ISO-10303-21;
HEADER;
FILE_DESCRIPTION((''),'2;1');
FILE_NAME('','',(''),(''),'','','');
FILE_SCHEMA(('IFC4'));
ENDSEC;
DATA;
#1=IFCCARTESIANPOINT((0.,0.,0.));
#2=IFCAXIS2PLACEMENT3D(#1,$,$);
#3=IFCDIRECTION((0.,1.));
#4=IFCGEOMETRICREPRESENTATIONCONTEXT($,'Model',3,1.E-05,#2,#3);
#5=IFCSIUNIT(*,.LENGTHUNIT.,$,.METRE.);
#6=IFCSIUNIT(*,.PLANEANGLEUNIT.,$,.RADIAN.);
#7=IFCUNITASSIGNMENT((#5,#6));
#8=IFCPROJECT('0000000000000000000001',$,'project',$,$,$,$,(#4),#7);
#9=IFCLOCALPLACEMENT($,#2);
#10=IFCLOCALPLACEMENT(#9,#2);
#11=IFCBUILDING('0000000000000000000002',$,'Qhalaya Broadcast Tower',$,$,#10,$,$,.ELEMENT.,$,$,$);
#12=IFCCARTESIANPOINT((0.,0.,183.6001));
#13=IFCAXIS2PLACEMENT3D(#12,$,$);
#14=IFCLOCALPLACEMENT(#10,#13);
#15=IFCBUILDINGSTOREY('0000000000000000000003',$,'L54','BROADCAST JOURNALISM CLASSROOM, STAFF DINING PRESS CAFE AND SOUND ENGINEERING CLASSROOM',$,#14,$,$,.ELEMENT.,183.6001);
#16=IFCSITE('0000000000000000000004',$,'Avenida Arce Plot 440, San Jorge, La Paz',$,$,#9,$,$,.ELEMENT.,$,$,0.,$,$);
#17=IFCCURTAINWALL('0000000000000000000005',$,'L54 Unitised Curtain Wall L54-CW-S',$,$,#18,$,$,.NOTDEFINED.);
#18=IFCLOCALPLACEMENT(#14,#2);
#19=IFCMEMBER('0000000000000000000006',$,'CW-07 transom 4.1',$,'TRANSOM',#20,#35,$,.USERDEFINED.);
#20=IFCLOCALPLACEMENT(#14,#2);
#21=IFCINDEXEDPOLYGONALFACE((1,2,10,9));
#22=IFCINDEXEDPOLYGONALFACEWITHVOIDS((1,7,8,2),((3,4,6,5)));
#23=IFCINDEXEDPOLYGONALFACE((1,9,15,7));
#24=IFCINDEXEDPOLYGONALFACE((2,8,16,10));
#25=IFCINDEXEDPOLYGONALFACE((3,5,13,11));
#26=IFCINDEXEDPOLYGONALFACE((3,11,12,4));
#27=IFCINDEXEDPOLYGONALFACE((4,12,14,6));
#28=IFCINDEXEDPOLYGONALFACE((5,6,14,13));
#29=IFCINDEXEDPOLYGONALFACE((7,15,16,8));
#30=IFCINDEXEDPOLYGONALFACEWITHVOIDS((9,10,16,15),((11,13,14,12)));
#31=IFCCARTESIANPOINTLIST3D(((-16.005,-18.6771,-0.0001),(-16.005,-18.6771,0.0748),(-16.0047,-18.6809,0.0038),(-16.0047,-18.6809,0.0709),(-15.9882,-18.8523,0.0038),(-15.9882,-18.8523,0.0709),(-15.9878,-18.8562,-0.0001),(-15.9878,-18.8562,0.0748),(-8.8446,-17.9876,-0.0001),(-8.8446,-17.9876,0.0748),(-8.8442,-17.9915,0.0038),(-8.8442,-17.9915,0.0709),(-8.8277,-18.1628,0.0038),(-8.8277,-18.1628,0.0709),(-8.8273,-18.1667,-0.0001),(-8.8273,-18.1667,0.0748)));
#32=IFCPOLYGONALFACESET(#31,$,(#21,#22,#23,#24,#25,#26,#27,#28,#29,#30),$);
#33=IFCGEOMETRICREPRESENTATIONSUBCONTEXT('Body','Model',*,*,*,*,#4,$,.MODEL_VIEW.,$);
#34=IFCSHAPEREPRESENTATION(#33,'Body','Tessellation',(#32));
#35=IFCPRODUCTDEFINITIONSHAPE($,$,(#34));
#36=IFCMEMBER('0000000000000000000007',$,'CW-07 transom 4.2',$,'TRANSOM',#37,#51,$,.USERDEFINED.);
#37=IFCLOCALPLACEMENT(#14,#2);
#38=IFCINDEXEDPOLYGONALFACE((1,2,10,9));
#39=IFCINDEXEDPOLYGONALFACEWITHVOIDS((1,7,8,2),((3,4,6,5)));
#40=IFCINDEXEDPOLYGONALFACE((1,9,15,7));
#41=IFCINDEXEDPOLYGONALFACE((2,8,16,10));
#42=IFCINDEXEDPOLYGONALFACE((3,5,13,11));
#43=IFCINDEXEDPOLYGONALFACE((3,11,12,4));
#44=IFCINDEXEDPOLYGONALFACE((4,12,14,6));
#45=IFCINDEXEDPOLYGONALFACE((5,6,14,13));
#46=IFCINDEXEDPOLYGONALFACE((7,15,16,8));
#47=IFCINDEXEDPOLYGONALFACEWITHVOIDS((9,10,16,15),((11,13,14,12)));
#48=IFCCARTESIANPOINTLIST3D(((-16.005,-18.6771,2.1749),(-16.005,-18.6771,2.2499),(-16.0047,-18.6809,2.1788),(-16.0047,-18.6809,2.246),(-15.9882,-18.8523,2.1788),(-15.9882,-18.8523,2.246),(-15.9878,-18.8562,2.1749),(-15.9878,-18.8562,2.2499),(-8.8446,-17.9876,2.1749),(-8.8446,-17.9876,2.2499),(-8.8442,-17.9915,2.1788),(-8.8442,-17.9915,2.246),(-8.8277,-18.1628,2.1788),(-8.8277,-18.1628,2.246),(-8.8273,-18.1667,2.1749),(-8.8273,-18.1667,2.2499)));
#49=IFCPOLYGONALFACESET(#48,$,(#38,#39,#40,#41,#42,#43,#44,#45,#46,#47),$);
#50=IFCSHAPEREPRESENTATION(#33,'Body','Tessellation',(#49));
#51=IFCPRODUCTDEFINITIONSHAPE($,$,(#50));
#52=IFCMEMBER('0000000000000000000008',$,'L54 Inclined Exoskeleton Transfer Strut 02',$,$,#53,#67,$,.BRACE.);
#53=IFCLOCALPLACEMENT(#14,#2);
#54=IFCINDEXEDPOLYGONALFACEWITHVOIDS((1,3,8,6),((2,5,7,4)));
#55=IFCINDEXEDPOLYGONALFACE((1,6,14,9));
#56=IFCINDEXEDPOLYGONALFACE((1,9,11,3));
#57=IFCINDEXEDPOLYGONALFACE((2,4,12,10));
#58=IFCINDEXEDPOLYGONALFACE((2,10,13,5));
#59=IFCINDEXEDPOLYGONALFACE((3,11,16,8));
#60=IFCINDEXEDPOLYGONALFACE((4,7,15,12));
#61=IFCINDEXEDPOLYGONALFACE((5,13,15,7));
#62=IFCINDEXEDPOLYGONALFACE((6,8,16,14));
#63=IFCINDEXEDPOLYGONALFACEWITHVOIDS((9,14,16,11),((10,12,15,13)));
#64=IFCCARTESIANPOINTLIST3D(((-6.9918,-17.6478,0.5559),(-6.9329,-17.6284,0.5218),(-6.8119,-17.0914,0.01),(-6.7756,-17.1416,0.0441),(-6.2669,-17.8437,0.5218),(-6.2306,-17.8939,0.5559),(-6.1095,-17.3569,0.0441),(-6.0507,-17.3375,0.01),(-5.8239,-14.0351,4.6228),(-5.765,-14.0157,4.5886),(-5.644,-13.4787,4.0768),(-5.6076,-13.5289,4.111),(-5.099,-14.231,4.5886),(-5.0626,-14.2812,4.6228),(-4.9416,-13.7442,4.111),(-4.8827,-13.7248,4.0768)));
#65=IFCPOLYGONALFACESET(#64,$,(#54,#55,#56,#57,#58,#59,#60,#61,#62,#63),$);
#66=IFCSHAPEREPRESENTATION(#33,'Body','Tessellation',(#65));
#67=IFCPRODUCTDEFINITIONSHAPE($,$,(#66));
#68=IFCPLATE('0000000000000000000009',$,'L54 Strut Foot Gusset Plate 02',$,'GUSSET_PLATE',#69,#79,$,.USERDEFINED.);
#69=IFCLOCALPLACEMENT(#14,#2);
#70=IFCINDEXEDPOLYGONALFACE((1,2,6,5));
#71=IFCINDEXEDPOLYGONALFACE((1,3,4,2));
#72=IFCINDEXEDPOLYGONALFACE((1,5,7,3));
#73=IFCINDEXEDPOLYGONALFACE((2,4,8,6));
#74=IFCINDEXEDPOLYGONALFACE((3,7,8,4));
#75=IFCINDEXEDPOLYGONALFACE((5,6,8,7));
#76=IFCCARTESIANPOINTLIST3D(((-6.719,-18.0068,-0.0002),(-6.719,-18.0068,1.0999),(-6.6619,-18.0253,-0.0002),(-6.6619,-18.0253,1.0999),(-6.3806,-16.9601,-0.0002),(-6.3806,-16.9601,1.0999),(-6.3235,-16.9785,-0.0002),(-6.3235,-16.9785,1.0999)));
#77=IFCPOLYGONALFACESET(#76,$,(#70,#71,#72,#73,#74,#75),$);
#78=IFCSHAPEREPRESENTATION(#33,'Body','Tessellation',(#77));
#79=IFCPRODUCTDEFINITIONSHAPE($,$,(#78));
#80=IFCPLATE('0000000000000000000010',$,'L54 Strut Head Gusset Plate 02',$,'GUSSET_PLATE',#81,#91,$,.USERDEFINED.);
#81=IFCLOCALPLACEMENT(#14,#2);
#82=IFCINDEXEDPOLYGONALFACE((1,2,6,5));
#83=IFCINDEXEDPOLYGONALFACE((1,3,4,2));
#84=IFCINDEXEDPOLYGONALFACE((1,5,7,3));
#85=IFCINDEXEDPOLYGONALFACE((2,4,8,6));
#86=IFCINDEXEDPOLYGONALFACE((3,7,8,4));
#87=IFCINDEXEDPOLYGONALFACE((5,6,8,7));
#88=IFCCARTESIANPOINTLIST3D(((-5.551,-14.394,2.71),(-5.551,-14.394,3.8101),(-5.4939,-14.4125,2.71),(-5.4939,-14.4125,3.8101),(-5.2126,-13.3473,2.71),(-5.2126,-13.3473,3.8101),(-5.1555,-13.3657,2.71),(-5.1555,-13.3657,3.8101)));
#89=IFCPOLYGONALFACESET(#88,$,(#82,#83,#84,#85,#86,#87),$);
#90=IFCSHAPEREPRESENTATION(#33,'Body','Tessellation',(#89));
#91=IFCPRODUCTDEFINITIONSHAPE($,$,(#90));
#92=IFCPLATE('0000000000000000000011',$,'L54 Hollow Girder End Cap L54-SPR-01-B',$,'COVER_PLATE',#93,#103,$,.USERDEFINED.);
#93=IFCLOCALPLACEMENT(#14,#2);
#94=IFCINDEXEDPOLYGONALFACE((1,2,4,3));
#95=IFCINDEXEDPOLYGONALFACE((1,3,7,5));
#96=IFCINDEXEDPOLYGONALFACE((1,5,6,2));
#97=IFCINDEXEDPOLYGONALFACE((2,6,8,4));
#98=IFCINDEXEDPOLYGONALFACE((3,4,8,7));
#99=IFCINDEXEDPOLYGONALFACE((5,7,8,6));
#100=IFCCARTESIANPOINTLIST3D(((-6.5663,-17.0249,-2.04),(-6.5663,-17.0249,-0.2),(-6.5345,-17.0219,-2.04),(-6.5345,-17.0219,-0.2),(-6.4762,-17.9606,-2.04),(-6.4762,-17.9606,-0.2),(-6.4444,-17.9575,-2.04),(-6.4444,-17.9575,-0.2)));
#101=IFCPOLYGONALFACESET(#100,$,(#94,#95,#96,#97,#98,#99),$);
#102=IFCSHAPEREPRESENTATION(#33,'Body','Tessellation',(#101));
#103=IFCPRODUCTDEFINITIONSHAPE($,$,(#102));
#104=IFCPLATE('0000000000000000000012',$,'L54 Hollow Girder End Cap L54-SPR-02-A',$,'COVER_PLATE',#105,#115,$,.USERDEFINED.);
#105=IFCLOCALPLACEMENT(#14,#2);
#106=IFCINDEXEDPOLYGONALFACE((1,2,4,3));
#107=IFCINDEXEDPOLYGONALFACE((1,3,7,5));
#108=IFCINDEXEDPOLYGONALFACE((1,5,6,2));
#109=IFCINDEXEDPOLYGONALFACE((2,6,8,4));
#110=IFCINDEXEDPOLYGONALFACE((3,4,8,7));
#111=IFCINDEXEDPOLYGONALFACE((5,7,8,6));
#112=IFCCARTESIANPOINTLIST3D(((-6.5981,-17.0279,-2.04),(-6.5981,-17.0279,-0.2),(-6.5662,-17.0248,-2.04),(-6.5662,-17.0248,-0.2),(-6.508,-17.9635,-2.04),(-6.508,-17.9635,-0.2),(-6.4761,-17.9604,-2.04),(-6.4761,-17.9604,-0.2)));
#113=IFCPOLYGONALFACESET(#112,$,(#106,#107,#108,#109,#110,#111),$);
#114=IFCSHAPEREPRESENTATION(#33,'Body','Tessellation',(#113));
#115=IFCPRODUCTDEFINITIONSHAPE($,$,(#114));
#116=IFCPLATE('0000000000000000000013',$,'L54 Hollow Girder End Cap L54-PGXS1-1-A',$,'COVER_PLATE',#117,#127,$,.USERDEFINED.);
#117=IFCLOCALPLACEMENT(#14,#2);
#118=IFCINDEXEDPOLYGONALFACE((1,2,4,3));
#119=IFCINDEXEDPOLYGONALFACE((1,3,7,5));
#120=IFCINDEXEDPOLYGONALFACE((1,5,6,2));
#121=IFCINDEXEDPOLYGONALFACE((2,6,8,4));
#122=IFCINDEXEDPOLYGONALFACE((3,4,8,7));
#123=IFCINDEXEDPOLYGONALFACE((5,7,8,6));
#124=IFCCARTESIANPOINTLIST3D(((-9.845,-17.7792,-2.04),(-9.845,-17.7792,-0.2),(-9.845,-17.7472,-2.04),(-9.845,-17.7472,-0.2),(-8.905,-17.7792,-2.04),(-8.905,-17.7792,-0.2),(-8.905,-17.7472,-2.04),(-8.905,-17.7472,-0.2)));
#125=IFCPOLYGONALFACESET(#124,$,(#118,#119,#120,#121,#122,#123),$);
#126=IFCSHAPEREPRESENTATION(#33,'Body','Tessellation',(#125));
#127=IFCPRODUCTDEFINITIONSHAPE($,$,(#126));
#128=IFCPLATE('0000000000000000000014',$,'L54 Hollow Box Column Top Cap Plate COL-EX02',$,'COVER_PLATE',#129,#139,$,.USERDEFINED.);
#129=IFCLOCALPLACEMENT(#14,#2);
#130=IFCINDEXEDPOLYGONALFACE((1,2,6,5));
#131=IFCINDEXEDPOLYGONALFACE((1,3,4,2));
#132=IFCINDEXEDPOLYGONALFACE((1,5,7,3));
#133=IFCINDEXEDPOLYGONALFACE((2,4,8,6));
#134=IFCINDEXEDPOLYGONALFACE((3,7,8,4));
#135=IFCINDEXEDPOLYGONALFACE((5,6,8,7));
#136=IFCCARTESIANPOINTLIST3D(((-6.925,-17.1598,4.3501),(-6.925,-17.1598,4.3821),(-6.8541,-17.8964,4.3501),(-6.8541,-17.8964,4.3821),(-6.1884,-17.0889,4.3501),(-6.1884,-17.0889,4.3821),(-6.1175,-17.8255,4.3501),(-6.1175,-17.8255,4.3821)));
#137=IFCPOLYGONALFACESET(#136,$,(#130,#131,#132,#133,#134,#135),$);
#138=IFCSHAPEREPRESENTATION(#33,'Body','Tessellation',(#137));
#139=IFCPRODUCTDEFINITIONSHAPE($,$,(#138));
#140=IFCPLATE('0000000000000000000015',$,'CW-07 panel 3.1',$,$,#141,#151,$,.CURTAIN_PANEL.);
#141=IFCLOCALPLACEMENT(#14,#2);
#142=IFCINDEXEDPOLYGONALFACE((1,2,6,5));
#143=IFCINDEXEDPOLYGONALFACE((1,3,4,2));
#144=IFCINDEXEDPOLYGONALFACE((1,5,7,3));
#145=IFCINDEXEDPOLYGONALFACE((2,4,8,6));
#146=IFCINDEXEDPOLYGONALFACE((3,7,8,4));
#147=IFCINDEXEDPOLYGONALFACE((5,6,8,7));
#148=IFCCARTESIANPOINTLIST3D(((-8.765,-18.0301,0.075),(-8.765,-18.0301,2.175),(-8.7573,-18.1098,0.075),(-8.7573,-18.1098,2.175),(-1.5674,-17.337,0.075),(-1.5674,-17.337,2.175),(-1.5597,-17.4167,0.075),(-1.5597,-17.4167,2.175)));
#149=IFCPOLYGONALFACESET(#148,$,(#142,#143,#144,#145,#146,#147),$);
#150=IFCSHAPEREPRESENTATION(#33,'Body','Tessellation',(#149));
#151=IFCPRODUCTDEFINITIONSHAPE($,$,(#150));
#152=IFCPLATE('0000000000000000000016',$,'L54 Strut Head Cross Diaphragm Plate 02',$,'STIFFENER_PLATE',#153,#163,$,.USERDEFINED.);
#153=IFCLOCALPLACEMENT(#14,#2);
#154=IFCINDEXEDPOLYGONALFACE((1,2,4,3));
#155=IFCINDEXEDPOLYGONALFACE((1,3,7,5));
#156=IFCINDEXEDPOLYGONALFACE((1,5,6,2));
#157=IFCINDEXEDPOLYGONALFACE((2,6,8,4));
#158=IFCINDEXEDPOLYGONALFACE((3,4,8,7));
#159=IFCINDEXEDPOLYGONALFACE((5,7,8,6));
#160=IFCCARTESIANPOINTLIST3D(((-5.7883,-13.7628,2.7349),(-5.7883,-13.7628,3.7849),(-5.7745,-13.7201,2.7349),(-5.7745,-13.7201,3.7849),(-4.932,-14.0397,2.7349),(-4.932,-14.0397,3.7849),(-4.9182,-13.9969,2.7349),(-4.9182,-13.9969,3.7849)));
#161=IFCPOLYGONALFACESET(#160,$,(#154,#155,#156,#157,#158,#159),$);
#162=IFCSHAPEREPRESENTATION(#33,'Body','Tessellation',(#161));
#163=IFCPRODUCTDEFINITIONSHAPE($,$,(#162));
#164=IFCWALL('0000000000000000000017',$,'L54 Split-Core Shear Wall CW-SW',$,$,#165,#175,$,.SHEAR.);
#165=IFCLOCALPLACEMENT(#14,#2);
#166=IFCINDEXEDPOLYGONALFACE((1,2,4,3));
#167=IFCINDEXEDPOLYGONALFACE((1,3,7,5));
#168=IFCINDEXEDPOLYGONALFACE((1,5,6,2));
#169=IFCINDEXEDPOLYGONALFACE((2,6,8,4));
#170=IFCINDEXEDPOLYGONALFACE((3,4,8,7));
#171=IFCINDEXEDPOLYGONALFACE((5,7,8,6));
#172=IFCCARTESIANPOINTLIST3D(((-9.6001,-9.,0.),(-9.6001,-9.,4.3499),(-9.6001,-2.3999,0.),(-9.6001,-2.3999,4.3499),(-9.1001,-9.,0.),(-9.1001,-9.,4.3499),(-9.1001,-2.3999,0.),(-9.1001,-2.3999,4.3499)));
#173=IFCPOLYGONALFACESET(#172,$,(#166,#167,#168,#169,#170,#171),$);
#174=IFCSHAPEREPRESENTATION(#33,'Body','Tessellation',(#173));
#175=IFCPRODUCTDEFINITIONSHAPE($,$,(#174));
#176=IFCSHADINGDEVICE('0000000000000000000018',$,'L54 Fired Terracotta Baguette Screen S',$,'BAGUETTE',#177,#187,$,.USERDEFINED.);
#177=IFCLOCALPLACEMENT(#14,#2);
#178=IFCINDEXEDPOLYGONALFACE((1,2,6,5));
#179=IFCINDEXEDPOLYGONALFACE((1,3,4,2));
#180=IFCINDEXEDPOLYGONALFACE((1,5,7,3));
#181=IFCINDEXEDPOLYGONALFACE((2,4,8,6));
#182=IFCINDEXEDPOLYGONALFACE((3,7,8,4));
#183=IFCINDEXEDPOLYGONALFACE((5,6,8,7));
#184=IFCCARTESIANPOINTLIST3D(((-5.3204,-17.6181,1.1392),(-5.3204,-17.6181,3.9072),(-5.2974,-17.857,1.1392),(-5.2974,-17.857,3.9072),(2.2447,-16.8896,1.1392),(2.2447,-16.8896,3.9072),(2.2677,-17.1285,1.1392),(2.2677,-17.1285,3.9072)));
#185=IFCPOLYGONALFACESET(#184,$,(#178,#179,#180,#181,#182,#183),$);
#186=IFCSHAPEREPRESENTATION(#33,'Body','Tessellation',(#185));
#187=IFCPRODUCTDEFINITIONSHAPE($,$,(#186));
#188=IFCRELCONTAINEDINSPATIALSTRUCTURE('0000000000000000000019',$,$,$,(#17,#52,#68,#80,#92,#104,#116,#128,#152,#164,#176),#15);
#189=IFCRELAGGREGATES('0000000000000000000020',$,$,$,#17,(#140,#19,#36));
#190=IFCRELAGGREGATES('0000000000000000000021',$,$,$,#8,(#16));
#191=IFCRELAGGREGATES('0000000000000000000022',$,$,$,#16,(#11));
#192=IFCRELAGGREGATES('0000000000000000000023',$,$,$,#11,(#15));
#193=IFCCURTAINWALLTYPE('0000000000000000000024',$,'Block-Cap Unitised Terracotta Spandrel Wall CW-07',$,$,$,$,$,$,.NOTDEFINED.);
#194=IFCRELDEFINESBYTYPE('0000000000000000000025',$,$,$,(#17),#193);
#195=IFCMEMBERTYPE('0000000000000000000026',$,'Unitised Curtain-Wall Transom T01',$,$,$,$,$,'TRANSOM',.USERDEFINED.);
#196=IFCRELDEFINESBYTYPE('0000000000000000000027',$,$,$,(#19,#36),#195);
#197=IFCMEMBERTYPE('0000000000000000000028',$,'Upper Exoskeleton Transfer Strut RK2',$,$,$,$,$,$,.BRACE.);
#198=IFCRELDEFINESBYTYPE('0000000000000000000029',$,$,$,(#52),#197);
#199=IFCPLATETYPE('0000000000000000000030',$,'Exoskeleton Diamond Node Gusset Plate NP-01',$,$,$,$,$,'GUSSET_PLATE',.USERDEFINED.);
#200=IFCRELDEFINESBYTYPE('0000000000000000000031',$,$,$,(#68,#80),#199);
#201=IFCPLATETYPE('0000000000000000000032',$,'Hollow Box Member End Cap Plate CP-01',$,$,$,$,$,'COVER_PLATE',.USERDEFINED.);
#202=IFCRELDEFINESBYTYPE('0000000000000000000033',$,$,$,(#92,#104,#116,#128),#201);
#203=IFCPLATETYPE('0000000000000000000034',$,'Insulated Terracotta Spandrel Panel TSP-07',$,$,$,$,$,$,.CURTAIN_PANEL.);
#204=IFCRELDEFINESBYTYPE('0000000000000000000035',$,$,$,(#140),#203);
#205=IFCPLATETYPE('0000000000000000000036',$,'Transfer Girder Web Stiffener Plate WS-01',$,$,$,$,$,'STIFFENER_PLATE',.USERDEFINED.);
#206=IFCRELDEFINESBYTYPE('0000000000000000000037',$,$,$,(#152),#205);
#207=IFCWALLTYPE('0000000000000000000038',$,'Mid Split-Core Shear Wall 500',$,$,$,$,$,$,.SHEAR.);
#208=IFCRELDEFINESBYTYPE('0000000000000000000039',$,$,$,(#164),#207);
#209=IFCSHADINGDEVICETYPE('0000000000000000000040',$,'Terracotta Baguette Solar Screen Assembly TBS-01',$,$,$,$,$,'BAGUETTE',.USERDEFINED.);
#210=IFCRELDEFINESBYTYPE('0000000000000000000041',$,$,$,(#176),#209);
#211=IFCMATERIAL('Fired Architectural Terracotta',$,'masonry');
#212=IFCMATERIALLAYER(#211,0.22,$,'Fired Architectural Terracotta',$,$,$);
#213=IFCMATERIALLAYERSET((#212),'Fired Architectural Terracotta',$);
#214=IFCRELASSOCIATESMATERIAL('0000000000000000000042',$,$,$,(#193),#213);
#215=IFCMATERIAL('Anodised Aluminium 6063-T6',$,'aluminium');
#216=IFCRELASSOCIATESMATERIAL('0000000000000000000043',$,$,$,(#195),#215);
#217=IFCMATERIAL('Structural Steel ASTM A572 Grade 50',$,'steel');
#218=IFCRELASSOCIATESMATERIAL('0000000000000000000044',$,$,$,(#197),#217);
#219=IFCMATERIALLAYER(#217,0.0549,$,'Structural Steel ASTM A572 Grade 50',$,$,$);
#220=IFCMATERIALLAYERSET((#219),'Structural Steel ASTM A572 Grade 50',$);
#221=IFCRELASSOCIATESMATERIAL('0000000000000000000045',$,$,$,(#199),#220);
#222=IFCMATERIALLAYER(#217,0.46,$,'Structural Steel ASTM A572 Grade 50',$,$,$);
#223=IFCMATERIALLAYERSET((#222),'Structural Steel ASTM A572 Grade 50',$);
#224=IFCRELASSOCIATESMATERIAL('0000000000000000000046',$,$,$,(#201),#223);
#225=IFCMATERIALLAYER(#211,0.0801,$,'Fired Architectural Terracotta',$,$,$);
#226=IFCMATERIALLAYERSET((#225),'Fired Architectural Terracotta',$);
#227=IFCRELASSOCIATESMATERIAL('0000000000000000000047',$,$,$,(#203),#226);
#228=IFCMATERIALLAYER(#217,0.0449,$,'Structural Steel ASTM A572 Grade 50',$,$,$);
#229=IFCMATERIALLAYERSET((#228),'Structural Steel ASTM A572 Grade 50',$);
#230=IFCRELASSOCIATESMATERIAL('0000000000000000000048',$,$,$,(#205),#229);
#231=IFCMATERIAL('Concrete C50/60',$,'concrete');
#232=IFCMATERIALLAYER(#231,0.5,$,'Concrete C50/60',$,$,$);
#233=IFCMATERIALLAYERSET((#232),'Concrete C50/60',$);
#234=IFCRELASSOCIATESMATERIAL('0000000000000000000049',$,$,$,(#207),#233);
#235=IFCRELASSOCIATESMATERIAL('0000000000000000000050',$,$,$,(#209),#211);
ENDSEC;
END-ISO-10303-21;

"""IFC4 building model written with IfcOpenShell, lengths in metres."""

from ifc_helpers import new_model, si_unit, direction, frame, frame_2d, origin, origin_2d, place, context, subcontext, project, spatial, rectangle, hollow_rectangle, extrude, material, layer, layer_set, material_profile, profile_set, type_object, element, aggregate, save


model = new_model("IFC4")

# Units and contexts
model_context = context("Model", 3, precision=1e-05, world=origin(), true_north=direction((0.0, 1.0)))
body_context = subcontext(model_context, "Body", "Model", "MODEL_VIEW")
ifc_project = project(units=[si_unit("LENGTHUNIT", "METRE"), si_unit("PLANEANGLEUNIT", "RADIAN")], contexts=[model_context])

# Site, building, storey
site_placement = place(None, origin())
site = spatial("IfcSite", under=ifc_project, at=site_placement, Name="Avenida Arce Plot 440, San Jorge, La Paz", CompositionType="ELEMENT", RefElevation=0.0)
building_placement = place(site_placement, origin())
building = spatial("IfcBuilding", under=site, at=building_placement, Name="Qhalaya Broadcast Tower", CompositionType="ELEMENT")
storey_placement = place(building_placement, frame((0.0, 0.0, 183.6001)))
storey = spatial("IfcBuildingStorey", under=building, at=storey_placement, Name="L54", Description="BROADCAST JOURNALISM CLASSROOM, STAFF DINING PRESS CAFE AND SOUND ENGINEERING CLASSROOM", CompositionType="ELEMENT", Elevation=183.6001)

# Shared definitions
ifc_material_1 = material(Name="Structural Steel ASTM A572 Grade 50", Category="steel")

# Curtain wall, members
ifc_material_2 = material(Name="Fired Architectural Terracotta", Category="masonry")
ifc_layer_1 = layer(ifc_material_2, 0.22, Name="Fired Architectural Terracotta")
ifc_layer_set_1 = layer_set([ifc_layer_1], Name="Fired Architectural Terracotta")
curtain_wall_type = type_object("IfcCurtainWallType", Name="Block-Cap Unitised Terracotta Spandrel Wall CW-07", PredefinedType="NOTDEFINED", material=ifc_layer_set_1)
curtain_wall_placement = place(storey_placement, origin())
curtain_wall = element("IfcCurtainWall", 1, at=curtain_wall_placement, inside=storey, type_object=curtain_wall_type, Name="L54 Unitised Curtain Wall L54-CW-S", PredefinedType="NOTDEFINED")
ifc_material_3 = material(Name="Anodised Aluminium 6063-T6", Category="aluminium")
ifc_material_profile_1 = material_profile(ifc_material_3, hollow_rectangle(XDim=0.075, YDim=0.1799, WallThickness=0.0039, at=origin_2d()), Name="ALU-TRN 75x180x4")
ifc_profile_set_1 = profile_set([ifc_material_profile_1], Name="Anodised Aluminium 6063-T6")
member_type_1 = type_object("IfcMemberType", Name="Unitised Curtain-Wall Transom T01", ElementType="TRANSOM", PredefinedType="USERDEFINED", material=ifc_profile_set_1)
member_1_placement = place(storey_placement, frame((-8.8359, -18.0771, 0.0374), z_axis=(-0.995396, -0.095844, 0.0), x_axis=(0.0, 0.0, 1.0)))
member_1 = element("IfcMember", 2, at=member_1_placement, type_object=member_type_1, Name="CW-07 transom 4.1", ObjectType="TRANSOM", PredefinedType="USERDEFINED", context=body_context, shape_type="SweptSolid", body=[
    extrude(hollow_rectangle(XDim=0.075, YDim=0.1799, WallThickness=0.0039, at=origin_2d()), origin(), (0.0, 0.0, 1.0), 7.1936),
])
member_2_placement = place(storey_placement, frame((-8.8359, -18.0771, 2.2124), z_axis=(-0.995396, -0.095844, 0.0), x_axis=(0.0, 0.0, 1.0)))
member_2 = element("IfcMember", 3, at=member_2_placement, type_object=member_type_1, Name="CW-07 transom 4.2", ObjectType="TRANSOM", PredefinedType="USERDEFINED", context=body_context, shape_type="SweptSolid", body=[
    extrude(hollow_rectangle(XDim=0.075, YDim=0.1799, WallThickness=0.0039, at=origin_2d()), origin(), (0.0, 0.0, 1.0), 7.1936),
])

# Member
ifc_material_profile_2 = material_profile(ifc_material_1, hollow_rectangle(XDim=0.8, YDim=0.8, WallThickness=0.05, at=origin_2d()), Name="BOX 800x800x50")
ifc_profile_set_2 = profile_set([ifc_material_profile_2], Name="Structural Steel ASTM A572 Grade 50")
member_type_2 = type_object("IfcMemberType", Name="Upper Exoskeleton Transfer Strut RK2", PredefinedType="BRACE", material=ifc_profile_set_2)
member_3_placement = place(storey_placement, frame((-6.5212, -17.4927, 0.283), z_axis=(0.209922, 0.649337, 0.730954), x_axis=(-0.951512, 0.307611, 0.0)))
element("IfcMember", 4, at=member_3_placement, inside=storey, type_object=member_type_2, Name="L54 Inclined Exoskeleton Transfer Strut 02", PredefinedType="BRACE", context=body_context, shape_type="SweptSolid", body=[
    extrude(hollow_rectangle(XDim=0.8, YDim=0.8, WallThickness=0.05, at=origin_2d()), origin(), (0.0, 0.0, 1.0), 5.5637),
])

# Plates
ifc_layer_2 = layer(ifc_material_1, 0.0549, Name="Structural Steel ASTM A572 Grade 50")
ifc_layer_set_2 = layer_set([ifc_layer_2], Name="Structural Steel ASTM A572 Grade 50")
plate_type_1 = type_object("IfcPlateType", Name="Exoskeleton Diamond Node Gusset Plate NP-01", ElementType="GUSSET_PLATE", PredefinedType="USERDEFINED", material=ifc_layer_set_2)
for number, where, z_axis, x_axis, name in (
    (5, (-6.5212, -17.4927, -0.0002), (0.0, 0.0, 1.0), (0.307606, 0.951514, 0.0), "L54 Strut Foot Gusset Plate 02"),
    (6, (-5.3533, -13.8799, 2.71), (0.0, 0.0, 1.0), (0.307606, 0.951514, 0.0), "L54 Strut Head Gusset Plate 02"),
):
    element("IfcPlate", number, at=place(storey_placement, frame(where, z_axis=z_axis, x_axis=x_axis)), inside=storey, type_object=plate_type_1, Name=name, ObjectType="GUSSET_PLATE", PredefinedType="USERDEFINED", context=body_context, shape_type="SweptSolid", body=[
        extrude(rectangle(XDim=1.1001, YDim=0.0601, at=origin_2d()), origin(), (0.0, 0.0, 1.0), 1.1001),
    ])
ifc_layer_3 = layer(ifc_material_1, 0.46, Name="Structural Steel ASTM A572 Grade 50")
ifc_layer_set_3 = layer_set([ifc_layer_3], Name="Structural Steel ASTM A572 Grade 50")
plate_type_2 = type_object("IfcPlateType", Name="Hollow Box Member End Cap Plate CP-01", ElementType="COVER_PLATE", PredefinedType="USERDEFINED", material=ifc_layer_set_3)
for number, where, z_axis, x_axis, name in (
    (7, (-6.5054, -17.4912, -2.04), (0.0, 0.0, 1.0), (-0.095846, 0.995396, 0.0), "L54 Hollow Girder End Cap L54-SPR-01-B"),
    (8, (-6.5371, -17.4941, -2.04), (0.0, 0.0, 1.0), (-0.095846, 0.995396, 0.0), "L54 Hollow Girder End Cap L54-SPR-02-A"),
    (9, (-9.375, -17.7632, -2.04), (0.0, 0.0, 1.0), (-1.0, 0.0, 0.0), "L54 Hollow Girder End Cap L54-PGXS1-1-A"),
):
    element("IfcPlate", number, at=place(storey_placement, frame(where, z_axis=z_axis, x_axis=x_axis)), inside=storey, type_object=plate_type_2, Name=name, ObjectType="COVER_PLATE", PredefinedType="USERDEFINED", context=body_context, shape_type="SweptSolid", body=[
        extrude(rectangle(XDim=0.9399, YDim=0.032, at=origin_2d()), origin(), (0.0, 0.0, 1.0), 1.8401),
    ])
plate_1_placement = place(storey_placement, frame((-6.5212, -17.4927, 4.3501), z_axis=(0.0, 0.0, 1.0), x_axis=(0.995396, 0.095846, 0.0)))
element("IfcPlate", 10, at=plate_1_placement, inside=storey, type_object=plate_type_2, Name="L54 Hollow Box Column Top Cap Plate COL-EX02", ObjectType="COVER_PLATE", PredefinedType="USERDEFINED", context=body_context, shape_type="SweptSolid", body=[
    extrude(rectangle(XDim=0.74, YDim=0.74, at=origin_2d()), origin(), (0.0, 0.0, 1.0), 0.032),
])

# Plates
ifc_layer_4 = layer(ifc_material_2, 0.0801, Name="Fired Architectural Terracotta")
ifc_layer_set_4 = layer_set([ifc_layer_4], Name="Fired Architectural Terracotta")
plate_type_3 = type_object("IfcPlateType", Name="Insulated Terracotta Spandrel Panel TSP-07", PredefinedType="CURTAIN_PANEL", material=ifc_layer_set_4)
plate_2_placement = place(storey_placement, frame((-5.1624, -17.7234, 0.075), z_axis=(0.0, 0.0, 1.0), x_axis=(-0.995396, -0.095846, 0.0)))
plate_2 = element("IfcPlate", 11, at=plate_2_placement, type_object=plate_type_3, Name="CW-07 panel 3.1", PredefinedType="CURTAIN_PANEL", context=body_context, shape_type="SweptSolid", body=[
    extrude(rectangle(XDim=7.231, YDim=0.0801, at=origin_2d()), origin(), (0.0, 0.0, 1.0), 2.1001),
])
aggregate(curtain_wall, [plate_2, member_1, member_2])
ifc_layer_5 = layer(ifc_material_1, 0.0449, Name="Structural Steel ASTM A572 Grade 50")
ifc_layer_set_5 = layer_set([ifc_layer_5], Name="Structural Steel ASTM A572 Grade 50")
plate_type_4 = type_object("IfcPlateType", Name="Transfer Girder Web Stiffener Plate WS-01", ElementType="STIFFENER_PLATE", PredefinedType="USERDEFINED", material=ifc_layer_set_5)
plate_3_placement = place(storey_placement, frame((-5.3533, -13.8799, 2.7349), z_axis=(0.0, 0.0, 1.0), x_axis=(-0.951514, 0.307606, 0.0)))
element("IfcPlate", 12, at=plate_3_placement, inside=storey, type_object=plate_type_4, Name="L54 Strut Head Cross Diaphragm Plate 02", ObjectType="STIFFENER_PLATE", PredefinedType="USERDEFINED", context=body_context, shape_type="SweptSolid", body=[
    extrude(rectangle(XDim=0.8999, YDim=0.0449, at=origin_2d()), origin(), (0.0, 0.0, 1.0), 1.05),
])

# Wall
ifc_material_4 = material(Name="Concrete C50/60", Category="concrete")
ifc_layer_6 = layer(ifc_material_4, 0.5, Name="Concrete C50/60")
ifc_layer_set_6 = layer_set([ifc_layer_6], Name="Concrete C50/60")
wall_type = type_object("IfcWallType", Name="Mid Split-Core Shear Wall 500", PredefinedType="SHEAR", material=ifc_layer_set_6)
wall_placement = place(storey_placement, frame((-9.3501, -9.0, 0.0), z_axis=(0.0, 0.0, 1.0), x_axis=(0.0, 1.0, 0.0)))
element("IfcWall", 13, at=wall_placement, inside=storey, type_object=wall_type, Name="L54 Split-Core Shear Wall CW-SW", PredefinedType="SHEAR", context=body_context, shape_type="SweptSolid", body=[
    extrude(rectangle(XDim=6.6001, YDim=0.5, at=frame_2d((3.3, 0.0))), origin(), (0.0, 0.0, 1.0), 4.3499),
])

# Shading device
shading_device_type = type_object("IfcShadingDeviceType", Name="Terracotta Baguette Solar Screen Assembly TBS-01", ElementType="BAGUETTE", PredefinedType="USERDEFINED", material=ifc_material_2)
shading_device_placement = place(storey_placement, frame((-1.5264, -17.3733, 1.1392), z_axis=(0.0, 0.0, 1.0), x_axis=(0.995396, 0.095846, 0.0)))
element("IfcShadingDevice", 14, at=shading_device_placement, inside=storey, type_object=shading_device_type, Name="L54 Fired Terracotta Baguette Screen S", ObjectType="BAGUETTE", PredefinedType="USERDEFINED", context=body_context, shape_type="SweptSolid", body=[
    extrude(rectangle(XDim=7.6001, YDim=0.24, at=origin_2d()), origin(), (0.0, 0.0, 1.0), 2.7681),
])

save(model, "model.ifc")
